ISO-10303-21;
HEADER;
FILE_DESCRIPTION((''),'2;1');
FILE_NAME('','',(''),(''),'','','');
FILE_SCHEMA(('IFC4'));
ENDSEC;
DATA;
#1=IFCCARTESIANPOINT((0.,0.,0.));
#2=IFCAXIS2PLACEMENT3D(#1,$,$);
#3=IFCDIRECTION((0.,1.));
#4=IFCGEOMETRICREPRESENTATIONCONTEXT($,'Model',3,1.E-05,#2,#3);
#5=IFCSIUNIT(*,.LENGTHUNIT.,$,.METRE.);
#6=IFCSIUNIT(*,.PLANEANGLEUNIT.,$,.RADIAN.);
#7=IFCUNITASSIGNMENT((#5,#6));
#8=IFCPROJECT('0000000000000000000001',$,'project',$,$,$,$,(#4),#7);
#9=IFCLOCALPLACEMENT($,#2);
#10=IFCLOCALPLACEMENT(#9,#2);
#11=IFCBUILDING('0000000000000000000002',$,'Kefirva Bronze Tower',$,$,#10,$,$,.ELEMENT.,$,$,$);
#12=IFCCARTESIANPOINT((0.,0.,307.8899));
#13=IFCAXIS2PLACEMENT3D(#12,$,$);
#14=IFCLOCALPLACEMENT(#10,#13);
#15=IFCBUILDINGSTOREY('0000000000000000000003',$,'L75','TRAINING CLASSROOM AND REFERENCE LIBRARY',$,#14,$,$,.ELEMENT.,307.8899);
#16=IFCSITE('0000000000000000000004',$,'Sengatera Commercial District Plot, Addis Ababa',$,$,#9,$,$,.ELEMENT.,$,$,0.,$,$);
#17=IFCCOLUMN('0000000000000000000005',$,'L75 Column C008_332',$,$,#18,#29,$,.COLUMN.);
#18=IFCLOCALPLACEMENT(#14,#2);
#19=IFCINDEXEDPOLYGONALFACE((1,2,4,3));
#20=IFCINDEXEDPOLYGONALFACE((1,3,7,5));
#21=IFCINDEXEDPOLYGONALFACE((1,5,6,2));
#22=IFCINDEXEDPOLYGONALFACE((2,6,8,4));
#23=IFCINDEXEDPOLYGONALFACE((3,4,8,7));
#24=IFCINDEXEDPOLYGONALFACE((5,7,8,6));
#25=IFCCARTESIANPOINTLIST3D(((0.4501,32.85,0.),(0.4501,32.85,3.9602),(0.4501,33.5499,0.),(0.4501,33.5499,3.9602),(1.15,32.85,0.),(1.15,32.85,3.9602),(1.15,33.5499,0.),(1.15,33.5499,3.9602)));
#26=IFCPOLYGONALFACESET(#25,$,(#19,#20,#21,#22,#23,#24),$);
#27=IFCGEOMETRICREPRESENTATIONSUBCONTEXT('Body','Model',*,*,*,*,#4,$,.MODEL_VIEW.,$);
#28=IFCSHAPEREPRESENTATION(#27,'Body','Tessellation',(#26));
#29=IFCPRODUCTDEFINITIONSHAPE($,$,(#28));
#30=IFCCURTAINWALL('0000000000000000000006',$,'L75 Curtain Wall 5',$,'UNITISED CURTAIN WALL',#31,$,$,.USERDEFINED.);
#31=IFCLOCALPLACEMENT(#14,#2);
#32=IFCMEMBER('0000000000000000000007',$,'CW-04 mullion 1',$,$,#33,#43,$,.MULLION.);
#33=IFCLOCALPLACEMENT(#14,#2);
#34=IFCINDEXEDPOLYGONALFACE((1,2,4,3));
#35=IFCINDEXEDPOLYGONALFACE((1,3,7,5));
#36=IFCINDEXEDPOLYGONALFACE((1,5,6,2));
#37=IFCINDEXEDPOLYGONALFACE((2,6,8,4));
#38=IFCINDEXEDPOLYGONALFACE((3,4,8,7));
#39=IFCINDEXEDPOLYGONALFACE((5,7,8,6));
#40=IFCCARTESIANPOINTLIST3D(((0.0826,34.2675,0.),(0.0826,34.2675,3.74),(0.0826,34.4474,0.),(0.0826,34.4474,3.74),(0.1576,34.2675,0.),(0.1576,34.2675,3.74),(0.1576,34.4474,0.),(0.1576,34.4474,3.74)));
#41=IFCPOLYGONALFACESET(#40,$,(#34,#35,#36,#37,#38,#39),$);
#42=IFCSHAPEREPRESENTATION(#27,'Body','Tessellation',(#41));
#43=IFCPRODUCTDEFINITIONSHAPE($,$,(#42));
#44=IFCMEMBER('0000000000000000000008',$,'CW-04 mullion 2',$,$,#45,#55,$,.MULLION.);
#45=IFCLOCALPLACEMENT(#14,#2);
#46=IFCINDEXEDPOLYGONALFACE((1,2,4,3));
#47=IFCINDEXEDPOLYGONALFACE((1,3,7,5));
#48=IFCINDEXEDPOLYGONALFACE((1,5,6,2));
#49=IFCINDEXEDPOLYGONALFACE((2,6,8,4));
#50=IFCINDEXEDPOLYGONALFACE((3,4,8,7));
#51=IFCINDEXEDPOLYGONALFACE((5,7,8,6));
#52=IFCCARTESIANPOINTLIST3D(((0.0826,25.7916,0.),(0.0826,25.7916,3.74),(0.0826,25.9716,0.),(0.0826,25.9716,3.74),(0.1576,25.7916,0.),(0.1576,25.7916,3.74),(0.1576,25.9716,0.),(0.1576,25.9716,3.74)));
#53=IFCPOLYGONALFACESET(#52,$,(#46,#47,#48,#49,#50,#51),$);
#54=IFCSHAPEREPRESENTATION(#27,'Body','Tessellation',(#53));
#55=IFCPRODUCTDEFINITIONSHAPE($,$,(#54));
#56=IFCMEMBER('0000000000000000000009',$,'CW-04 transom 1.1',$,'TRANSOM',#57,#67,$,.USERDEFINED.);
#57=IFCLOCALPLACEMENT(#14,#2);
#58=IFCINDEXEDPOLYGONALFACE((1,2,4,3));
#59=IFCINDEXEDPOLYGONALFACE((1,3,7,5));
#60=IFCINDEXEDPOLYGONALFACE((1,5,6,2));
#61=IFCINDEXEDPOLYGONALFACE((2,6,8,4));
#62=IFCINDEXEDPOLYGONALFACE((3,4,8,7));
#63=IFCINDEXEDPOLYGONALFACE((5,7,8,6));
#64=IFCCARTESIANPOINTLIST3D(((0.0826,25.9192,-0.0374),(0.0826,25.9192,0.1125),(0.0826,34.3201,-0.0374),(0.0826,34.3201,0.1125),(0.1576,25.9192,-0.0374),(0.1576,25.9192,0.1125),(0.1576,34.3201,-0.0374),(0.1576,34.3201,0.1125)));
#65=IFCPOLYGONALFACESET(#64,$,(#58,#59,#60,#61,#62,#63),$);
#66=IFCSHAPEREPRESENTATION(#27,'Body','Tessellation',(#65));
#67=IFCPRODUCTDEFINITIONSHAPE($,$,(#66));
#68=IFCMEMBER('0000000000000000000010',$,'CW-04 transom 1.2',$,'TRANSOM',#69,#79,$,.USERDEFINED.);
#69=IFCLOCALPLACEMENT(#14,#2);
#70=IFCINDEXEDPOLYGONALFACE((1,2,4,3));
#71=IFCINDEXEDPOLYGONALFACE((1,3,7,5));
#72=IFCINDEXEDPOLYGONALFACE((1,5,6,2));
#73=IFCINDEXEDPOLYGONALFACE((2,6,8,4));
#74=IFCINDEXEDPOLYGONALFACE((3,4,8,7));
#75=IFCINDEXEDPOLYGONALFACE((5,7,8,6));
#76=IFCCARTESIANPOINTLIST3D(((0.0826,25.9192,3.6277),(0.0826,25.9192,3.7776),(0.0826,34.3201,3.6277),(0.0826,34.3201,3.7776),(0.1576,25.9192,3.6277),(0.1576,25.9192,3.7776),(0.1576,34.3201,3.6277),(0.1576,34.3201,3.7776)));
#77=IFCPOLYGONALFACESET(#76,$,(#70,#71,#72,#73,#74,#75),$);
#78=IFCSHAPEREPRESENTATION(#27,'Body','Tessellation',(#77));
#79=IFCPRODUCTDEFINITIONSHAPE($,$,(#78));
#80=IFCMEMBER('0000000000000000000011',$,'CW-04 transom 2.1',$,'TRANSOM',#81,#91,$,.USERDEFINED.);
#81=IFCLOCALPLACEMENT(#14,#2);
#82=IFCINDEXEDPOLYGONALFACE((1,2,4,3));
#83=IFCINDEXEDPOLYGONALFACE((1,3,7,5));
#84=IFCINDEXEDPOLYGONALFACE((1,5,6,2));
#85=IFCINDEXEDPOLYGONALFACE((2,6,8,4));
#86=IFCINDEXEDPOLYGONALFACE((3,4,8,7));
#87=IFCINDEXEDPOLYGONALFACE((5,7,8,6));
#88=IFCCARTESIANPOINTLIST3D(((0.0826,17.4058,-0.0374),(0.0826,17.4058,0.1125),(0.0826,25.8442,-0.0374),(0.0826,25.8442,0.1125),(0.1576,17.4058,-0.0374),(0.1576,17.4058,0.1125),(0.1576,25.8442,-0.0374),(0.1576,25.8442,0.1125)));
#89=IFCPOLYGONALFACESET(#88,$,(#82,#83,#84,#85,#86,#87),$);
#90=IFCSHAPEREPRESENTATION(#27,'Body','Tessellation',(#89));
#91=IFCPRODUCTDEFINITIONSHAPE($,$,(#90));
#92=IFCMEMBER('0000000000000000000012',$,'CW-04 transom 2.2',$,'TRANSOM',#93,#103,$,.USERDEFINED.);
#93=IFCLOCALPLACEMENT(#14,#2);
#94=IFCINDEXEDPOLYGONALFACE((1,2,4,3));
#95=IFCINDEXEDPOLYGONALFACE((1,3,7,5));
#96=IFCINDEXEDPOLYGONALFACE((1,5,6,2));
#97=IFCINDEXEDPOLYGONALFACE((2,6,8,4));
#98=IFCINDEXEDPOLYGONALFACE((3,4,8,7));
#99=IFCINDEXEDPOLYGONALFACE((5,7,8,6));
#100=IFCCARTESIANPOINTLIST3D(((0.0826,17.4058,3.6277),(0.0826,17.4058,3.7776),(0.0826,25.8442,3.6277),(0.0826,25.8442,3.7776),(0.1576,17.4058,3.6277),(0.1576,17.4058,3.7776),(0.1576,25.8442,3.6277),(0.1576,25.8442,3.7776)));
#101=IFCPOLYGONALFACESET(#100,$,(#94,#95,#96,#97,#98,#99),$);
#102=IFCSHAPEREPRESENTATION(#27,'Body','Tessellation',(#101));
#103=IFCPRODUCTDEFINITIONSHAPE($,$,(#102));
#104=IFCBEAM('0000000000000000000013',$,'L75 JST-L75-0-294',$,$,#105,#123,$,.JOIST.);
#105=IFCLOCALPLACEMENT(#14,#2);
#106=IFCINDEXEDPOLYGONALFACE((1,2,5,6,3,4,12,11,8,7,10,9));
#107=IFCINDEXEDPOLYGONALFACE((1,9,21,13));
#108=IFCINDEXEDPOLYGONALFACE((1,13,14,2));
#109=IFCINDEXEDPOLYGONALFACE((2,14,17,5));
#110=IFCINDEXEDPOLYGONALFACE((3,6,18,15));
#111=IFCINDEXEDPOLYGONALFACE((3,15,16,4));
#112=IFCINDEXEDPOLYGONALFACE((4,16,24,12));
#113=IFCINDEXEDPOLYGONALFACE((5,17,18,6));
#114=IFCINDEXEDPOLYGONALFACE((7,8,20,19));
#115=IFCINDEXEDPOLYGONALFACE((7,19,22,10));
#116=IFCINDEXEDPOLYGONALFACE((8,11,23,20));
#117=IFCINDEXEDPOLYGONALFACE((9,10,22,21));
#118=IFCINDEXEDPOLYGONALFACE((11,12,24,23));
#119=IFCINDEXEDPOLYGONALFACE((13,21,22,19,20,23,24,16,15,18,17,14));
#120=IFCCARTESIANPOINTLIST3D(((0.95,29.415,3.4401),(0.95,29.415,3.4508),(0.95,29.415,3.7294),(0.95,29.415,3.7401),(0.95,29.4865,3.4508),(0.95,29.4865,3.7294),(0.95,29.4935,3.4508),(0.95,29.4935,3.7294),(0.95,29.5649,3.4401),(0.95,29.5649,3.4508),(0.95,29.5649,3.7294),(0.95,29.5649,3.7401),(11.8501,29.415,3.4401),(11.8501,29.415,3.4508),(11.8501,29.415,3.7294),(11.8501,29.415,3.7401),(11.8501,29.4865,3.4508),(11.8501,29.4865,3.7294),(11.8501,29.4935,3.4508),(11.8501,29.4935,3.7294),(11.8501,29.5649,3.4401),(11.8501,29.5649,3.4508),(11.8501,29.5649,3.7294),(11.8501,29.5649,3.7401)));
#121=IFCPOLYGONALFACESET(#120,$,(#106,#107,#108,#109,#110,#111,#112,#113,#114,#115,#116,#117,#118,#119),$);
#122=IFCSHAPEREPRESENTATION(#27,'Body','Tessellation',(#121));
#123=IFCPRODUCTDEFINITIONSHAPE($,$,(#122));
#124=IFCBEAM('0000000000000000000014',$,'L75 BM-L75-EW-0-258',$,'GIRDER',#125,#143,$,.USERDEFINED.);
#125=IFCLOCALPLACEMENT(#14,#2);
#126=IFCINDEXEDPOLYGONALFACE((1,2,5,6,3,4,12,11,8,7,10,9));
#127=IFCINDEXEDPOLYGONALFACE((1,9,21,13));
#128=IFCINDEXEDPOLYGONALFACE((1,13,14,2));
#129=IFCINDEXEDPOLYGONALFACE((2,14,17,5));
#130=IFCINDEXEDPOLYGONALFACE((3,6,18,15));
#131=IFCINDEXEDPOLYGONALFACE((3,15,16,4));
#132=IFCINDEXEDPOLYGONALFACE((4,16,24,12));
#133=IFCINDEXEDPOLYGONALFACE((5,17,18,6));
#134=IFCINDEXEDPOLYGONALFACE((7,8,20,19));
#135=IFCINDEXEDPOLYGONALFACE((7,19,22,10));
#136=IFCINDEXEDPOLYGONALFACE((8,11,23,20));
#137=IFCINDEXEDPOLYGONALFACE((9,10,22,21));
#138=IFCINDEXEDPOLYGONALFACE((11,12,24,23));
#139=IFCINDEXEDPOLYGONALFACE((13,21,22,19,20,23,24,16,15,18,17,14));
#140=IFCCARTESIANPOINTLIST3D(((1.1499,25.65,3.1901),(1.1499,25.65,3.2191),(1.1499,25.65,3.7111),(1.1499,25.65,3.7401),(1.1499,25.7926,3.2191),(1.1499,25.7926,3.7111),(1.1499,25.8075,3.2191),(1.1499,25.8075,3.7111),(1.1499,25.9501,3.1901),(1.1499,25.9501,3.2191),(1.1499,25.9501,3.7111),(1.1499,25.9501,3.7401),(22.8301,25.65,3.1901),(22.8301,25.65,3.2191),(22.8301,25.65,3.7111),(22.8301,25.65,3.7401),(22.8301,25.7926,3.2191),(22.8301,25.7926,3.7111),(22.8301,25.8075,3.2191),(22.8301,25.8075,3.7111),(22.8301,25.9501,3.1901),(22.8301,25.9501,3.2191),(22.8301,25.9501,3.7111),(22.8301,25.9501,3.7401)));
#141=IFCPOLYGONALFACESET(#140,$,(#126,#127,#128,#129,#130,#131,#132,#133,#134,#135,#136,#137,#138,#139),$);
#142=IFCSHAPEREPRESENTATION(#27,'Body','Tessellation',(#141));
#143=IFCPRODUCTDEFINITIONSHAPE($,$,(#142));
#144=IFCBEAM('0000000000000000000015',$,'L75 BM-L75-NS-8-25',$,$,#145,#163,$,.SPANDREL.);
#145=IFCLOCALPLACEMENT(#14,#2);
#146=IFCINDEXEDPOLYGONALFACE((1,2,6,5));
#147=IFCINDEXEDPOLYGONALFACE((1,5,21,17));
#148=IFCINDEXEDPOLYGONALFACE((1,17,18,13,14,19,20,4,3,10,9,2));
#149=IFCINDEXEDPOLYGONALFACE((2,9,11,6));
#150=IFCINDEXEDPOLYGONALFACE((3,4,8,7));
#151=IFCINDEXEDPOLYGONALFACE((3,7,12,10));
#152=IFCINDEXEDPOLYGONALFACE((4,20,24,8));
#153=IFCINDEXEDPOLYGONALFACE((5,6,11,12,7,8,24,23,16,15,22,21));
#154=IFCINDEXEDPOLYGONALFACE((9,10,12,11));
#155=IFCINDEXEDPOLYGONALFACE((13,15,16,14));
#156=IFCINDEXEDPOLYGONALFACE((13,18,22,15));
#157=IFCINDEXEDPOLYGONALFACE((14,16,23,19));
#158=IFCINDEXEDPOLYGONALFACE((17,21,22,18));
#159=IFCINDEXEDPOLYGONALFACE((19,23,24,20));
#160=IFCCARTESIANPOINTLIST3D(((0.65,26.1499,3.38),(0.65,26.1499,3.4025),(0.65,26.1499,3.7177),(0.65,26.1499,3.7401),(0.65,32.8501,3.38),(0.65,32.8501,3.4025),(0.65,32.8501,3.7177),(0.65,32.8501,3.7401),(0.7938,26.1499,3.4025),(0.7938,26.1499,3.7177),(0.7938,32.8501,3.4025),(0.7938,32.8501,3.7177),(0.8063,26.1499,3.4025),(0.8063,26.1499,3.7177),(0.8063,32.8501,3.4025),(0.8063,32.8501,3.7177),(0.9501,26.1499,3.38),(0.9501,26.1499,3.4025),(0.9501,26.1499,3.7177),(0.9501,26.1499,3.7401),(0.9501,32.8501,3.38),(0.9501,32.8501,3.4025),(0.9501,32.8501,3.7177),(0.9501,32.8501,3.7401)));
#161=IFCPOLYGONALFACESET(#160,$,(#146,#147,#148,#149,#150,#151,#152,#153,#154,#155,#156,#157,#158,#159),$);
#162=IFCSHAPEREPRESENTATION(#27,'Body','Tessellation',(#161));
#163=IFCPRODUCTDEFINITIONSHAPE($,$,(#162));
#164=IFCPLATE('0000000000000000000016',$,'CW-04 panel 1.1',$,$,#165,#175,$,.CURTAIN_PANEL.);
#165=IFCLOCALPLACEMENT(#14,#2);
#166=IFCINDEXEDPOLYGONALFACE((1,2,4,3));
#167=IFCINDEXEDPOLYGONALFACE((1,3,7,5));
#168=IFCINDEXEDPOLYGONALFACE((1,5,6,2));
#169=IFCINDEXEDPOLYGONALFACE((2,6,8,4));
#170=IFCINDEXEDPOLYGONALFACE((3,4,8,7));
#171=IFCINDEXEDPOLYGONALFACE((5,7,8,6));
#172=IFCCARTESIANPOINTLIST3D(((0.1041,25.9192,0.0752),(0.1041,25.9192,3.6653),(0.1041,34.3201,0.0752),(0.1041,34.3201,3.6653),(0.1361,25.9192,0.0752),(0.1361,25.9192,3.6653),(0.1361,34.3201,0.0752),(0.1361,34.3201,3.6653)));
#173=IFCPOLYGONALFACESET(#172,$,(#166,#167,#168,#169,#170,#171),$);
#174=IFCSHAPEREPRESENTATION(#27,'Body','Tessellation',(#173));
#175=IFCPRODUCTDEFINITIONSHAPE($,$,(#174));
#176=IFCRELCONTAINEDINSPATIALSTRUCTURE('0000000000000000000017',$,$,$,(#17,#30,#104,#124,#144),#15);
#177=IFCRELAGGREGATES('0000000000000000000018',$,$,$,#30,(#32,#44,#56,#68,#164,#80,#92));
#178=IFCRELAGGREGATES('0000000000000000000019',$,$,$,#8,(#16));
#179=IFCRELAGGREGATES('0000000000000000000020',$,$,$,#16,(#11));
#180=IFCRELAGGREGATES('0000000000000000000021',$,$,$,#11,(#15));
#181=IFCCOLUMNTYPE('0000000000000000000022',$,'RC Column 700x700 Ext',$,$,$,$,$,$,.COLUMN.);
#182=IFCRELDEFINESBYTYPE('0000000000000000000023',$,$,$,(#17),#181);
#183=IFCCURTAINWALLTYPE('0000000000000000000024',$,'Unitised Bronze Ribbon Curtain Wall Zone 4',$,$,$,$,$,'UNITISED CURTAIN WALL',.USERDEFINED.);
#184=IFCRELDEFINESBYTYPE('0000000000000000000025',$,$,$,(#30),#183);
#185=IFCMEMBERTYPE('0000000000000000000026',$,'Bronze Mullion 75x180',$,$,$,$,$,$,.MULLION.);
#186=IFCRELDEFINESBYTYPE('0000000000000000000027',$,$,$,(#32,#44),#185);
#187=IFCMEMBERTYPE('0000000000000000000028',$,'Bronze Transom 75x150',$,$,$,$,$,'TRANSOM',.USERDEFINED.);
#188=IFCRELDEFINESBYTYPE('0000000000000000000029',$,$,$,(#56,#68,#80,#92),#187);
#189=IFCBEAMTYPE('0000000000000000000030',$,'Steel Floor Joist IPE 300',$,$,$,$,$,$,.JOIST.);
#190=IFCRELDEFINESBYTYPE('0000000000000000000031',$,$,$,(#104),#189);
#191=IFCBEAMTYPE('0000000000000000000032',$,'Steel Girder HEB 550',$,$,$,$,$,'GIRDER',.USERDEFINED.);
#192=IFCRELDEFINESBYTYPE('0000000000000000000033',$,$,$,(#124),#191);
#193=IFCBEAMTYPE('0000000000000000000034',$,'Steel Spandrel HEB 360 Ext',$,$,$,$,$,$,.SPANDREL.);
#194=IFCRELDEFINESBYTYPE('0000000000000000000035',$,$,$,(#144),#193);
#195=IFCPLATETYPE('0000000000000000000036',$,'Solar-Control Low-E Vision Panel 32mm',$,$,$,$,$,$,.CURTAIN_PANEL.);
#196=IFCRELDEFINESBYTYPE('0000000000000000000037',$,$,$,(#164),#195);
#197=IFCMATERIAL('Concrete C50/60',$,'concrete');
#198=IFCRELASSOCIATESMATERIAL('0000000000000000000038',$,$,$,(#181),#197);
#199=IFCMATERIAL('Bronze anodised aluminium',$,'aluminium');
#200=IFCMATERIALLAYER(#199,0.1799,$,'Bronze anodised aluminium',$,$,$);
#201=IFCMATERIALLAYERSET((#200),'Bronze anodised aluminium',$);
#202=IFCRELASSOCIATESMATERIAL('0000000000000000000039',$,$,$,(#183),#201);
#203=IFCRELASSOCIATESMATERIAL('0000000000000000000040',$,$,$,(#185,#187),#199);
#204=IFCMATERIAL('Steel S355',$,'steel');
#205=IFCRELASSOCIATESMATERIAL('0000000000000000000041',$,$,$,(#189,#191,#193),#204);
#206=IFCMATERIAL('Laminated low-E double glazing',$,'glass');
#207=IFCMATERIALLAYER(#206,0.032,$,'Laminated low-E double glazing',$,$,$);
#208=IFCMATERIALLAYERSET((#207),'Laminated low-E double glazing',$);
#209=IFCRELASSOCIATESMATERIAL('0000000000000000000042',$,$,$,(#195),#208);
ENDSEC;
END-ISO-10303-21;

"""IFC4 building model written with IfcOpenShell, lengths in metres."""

from ifc_helpers import new_model, si_unit, direction, frame, origin, origin_2d, place, context, subcontext, project, spatial, rectangle, i_section, extrude, material, layer, layer_set, material_profile, profile_set, type_object, element, aggregate, save


model = new_model("IFC4")

# Units and contexts
model_context = context("Model", 3, precision=1e-05, world=origin(), true_north=direction((0.0, 1.0)))
body_context = subcontext(model_context, "Body", "Model", "MODEL_VIEW")
ifc_project = project(units=[si_unit("LENGTHUNIT", "METRE"), si_unit("PLANEANGLEUNIT", "RADIAN")], contexts=[model_context])

# Site, building, storey
site_placement = place(None, origin())
site = spatial("IfcSite", under=ifc_project, at=site_placement, Name="Sengatera Commercial District Plot, Addis Ababa", CompositionType="ELEMENT", RefElevation=0.0)
building_placement = place(site_placement, origin())
building = spatial("IfcBuilding", under=site, at=building_placement, Name="Kefirva Bronze Tower", CompositionType="ELEMENT")
storey_placement = place(building_placement, frame((0.0, 0.0, 307.8899)))
storey = spatial("IfcBuildingStorey", under=building, at=storey_placement, Name="L75", Description="TRAINING CLASSROOM AND REFERENCE LIBRARY", CompositionType="ELEMENT", Elevation=307.8899)

# Column
ifc_material_1 = material(Name="Concrete C50/60", Category="concrete")
ifc_material_profile_1 = material_profile(ifc_material_1, rectangle(XDim=0.7, YDim=0.7, at=origin_2d()), Name="RC 700x700")
ifc_profile_set_1 = profile_set([ifc_material_profile_1], Name="Concrete C50/60")
column_type = type_object("IfcColumnType", Name="RC Column 700x700 Ext", PredefinedType="COLUMN", material=ifc_profile_set_1)
column_placement = place(storey_placement, frame((0.8, 33.2, 0.0), z_axis=(0.0, 0.0, 1.0), x_axis=(1.0, 0.0, 0.0)))
element("IfcColumn", 1, at=column_placement, inside=storey, type_object=column_type, Name="L75 Column C008_332", PredefinedType="COLUMN", context=body_context, shape_type="SweptSolid", body=[
    extrude(rectangle(XDim=0.7, YDim=0.7, at=origin_2d()), origin(), (0.0, 0.0, 1.0), 3.9602),
])

# Curtain wall, members
ifc_material_2 = material(Name="Bronze anodised aluminium", Category="aluminium")
ifc_layer_1 = layer(ifc_material_2, 0.1799, Name="Bronze anodised aluminium")
ifc_layer_set_1 = layer_set([ifc_layer_1], Name="Bronze anodised aluminium")
curtain_wall_type = type_object("IfcCurtainWallType", Name="Unitised Bronze Ribbon Curtain Wall Zone 4", ElementType="UNITISED CURTAIN WALL", PredefinedType="USERDEFINED", material=ifc_layer_set_1)
curtain_wall_placement = place(storey_placement, origin())
curtain_wall = element("IfcCurtainWall", 2, at=curtain_wall_placement, inside=storey, type_object=curtain_wall_type, Name="L75 Curtain Wall 5", ObjectType="UNITISED CURTAIN WALL", PredefinedType="USERDEFINED")
ifc_material_profile_2 = material_profile(ifc_material_2, rectangle(XDim=0.075, YDim=0.1799, at=origin_2d()), Name="ALU 75x180")
ifc_profile_set_2 = profile_set([ifc_material_profile_2], Name="Bronze anodised aluminium")
member_type_1 = type_object("IfcMemberType", Name="Bronze Mullion 75x180", PredefinedType="MULLION", material=ifc_profile_set_2)
member_1_placement = place(storey_placement, frame((0.1201, 34.3574, 0.0), z_axis=(0.0, 0.0, 1.0), x_axis=(1.0, 0.0, 0.0)))
member_1 = element("IfcMember", 3, at=member_1_placement, type_object=member_type_1, Name="CW-04 mullion 1", PredefinedType="MULLION", context=body_context, shape_type="SweptSolid", body=[
    extrude(rectangle(XDim=0.075, YDim=0.1799, at=origin_2d()), origin(), (0.0, 0.0, 1.0), 3.74),
])
member_2_placement = place(storey_placement, frame((0.1201, 25.8816, 0.0), z_axis=(0.0, 0.0, 1.0), x_axis=(1.0, 0.0, 0.0)))
member_2 = element("IfcMember", 4, at=member_2_placement, type_object=member_type_1, Name="CW-04 mullion 2", PredefinedType="MULLION", context=body_context, shape_type="SweptSolid", body=[
    extrude(rectangle(XDim=0.075, YDim=0.1799, at=origin_2d()), origin(), (0.0, 0.0, 1.0), 3.74),
])
ifc_material_profile_3 = material_profile(ifc_material_2, rectangle(XDim=0.075, YDim=0.1499, at=origin_2d()), Name="ALU 75x150")
ifc_profile_set_3 = profile_set([ifc_material_profile_3], Name="Bronze anodised aluminium")
member_type_2 = type_object("IfcMemberType", Name="Bronze Transom 75x150", ElementType="TRANSOM", PredefinedType="USERDEFINED", material=ifc_profile_set_3)
member_3_placement = place(storey_placement, frame((0.1201, 34.3201, 0.0376), z_axis=(0.0, -1.0, 0.0), x_axis=(1.0, 0.0, 0.0)))
member_3 = element("IfcMember", 5, at=member_3_placement, type_object=member_type_2, Name="CW-04 transom 1.1", ObjectType="TRANSOM", PredefinedType="USERDEFINED", context=body_context, shape_type="SweptSolid", body=[
    extrude(rectangle(XDim=0.075, YDim=0.1499, at=origin_2d()), origin(), (0.0, 0.0, 1.0), 8.4009),
])
member_4_placement = place(storey_placement, frame((0.1201, 34.3201, 3.7026), z_axis=(0.0, -1.0, 0.0), x_axis=(1.0, 0.0, 0.0)))
member_4 = element("IfcMember", 6, at=member_4_placement, type_object=member_type_2, Name="CW-04 transom 1.2", ObjectType="TRANSOM", PredefinedType="USERDEFINED", context=body_context, shape_type="SweptSolid", body=[
    extrude(rectangle(XDim=0.075, YDim=0.1499, at=origin_2d()), origin(), (0.0, 0.0, 1.0), 8.4009),
])
member_5_placement = place(storey_placement, frame((0.1201, 25.8442, 0.0376), z_axis=(0.0, -1.0, 0.0), x_axis=(1.0, 0.0, 0.0)))
member_5 = element("IfcMember", 7, at=member_5_placement, type_object=member_type_2, Name="CW-04 transom 2.1", ObjectType="TRANSOM", PredefinedType="USERDEFINED", context=body_context, shape_type="SweptSolid", body=[
    extrude(rectangle(XDim=0.075, YDim=0.1499, at=origin_2d()), origin(), (0.0, 0.0, 1.0), 8.4385),
])
member_6_placement = place(storey_placement, frame((0.1201, 25.8442, 3.7026), z_axis=(0.0, -1.0, 0.0), x_axis=(1.0, 0.0, 0.0)))
member_6 = element("IfcMember", 8, at=member_6_placement, type_object=member_type_2, Name="CW-04 transom 2.2", ObjectType="TRANSOM", PredefinedType="USERDEFINED", context=body_context, shape_type="SweptSolid", body=[
    extrude(rectangle(XDim=0.075, YDim=0.1499, at=origin_2d()), origin(), (0.0, 0.0, 1.0), 8.4385),
])

# Beams
ifc_material_3 = material(Name="Steel S355", Category="steel")
ifc_material_profile_4 = material_profile(ifc_material_3, i_section(OverallWidth=0.1499, OverallDepth=0.3, WebThickness=0.0071, FlangeThickness=0.0107, at=origin_2d()), Name="IPE 300")
ifc_profile_set_4 = profile_set([ifc_material_profile_4], Name="Steel S355")
beam_type_1 = type_object("IfcBeamType", Name="Steel Floor Joist IPE 300", PredefinedType="JOIST", material=ifc_profile_set_4)
beam_1_placement = place(storey_placement, frame((0.95, 29.49, 3.5901), z_axis=(1.0, 0.0, 0.0), x_axis=(0.0, 1.0, 0.0)))
element("IfcBeam", 9, at=beam_1_placement, inside=storey, type_object=beam_type_1, Name="L75 JST-L75-0-294", PredefinedType="JOIST", context=body_context, shape_type="SweptSolid", body=[
    extrude(i_section(OverallWidth=0.1499, OverallDepth=0.3, WebThickness=0.0071, FlangeThickness=0.0107, at=origin_2d()), origin(), (0.0, 0.0, 1.0), 10.9001),
])
ifc_material_profile_5 = material_profile(ifc_material_3, i_section(OverallWidth=0.3, OverallDepth=0.55, WebThickness=0.0149, FlangeThickness=0.0291, at=origin_2d()), Name="HEB 550")
ifc_profile_set_5 = profile_set([ifc_material_profile_5], Name="Steel S355")
beam_type_2 = type_object("IfcBeamType", Name="Steel Girder HEB 550", ElementType="GIRDER", PredefinedType="USERDEFINED", material=ifc_profile_set_5)
beam_2_placement = place(storey_placement, frame((1.1499, 25.8, 3.4651), z_axis=(1.0, 0.0, 0.0), x_axis=(0.0, 1.0, 0.0)))
element("IfcBeam", 10, at=beam_2_placement, inside=storey, type_object=beam_type_2, Name="L75 BM-L75-EW-0-258", ObjectType="GIRDER", PredefinedType="USERDEFINED", context=body_context, shape_type="SweptSolid", body=[
    extrude(i_section(OverallWidth=0.3, OverallDepth=0.55, WebThickness=0.0149, FlangeThickness=0.0291, at=origin_2d()), origin(), (0.0, 0.0, 1.0), 21.6802),
])
ifc_material_profile_6 = material_profile(ifc_material_3, i_section(OverallWidth=0.3, OverallDepth=0.3601, WebThickness=0.0125, FlangeThickness=0.0225, at=origin_2d()), Name="HEB 360")
ifc_profile_set_6 = profile_set([ifc_material_profile_6], Name="Steel S355")
beam_type_3 = type_object("IfcBeamType", Name="Steel Spandrel HEB 360 Ext", PredefinedType="SPANDREL", material=ifc_profile_set_6)
beam_3_placement = place(storey_placement, frame((0.8, 26.1499, 3.5601), z_axis=(0.0, 1.0, 0.0), x_axis=(-1.0, 0.0, 0.0)))
element("IfcBeam", 11, at=beam_3_placement, inside=storey, type_object=beam_type_3, Name="L75 BM-L75-NS-8-25", PredefinedType="SPANDREL", context=body_context, shape_type="SweptSolid", body=[
    extrude(i_section(OverallWidth=0.3, OverallDepth=0.3601, WebThickness=0.0125, FlangeThickness=0.0225, at=origin_2d()), origin(), (0.0, 0.0, 1.0), 6.7002),
])

# Plate
ifc_material_4 = material(Name="Laminated low-E double glazing", Category="glass")
ifc_layer_2 = layer(ifc_material_4, 0.032, Name="Laminated low-E double glazing")
ifc_layer_set_2 = layer_set([ifc_layer_2], Name="Laminated low-E double glazing")
plate_type = type_object("IfcPlateType", Name="Solar-Control Low-E Vision Panel 32mm", PredefinedType="CURTAIN_PANEL", material=ifc_layer_set_2)
plate_placement = place(storey_placement, frame((0.1201, 30.1196, 0.0752), z_axis=(0.0, 0.0, 1.0), x_axis=(0.0, -1.0, 0.0)))
plate = element("IfcPlate", 12, at=plate_placement, type_object=plate_type, Name="CW-04 panel 1.1", PredefinedType="CURTAIN_PANEL", context=body_context, shape_type="SweptSolid", body=[
    extrude(rectangle(XDim=8.4009, YDim=0.032, at=origin_2d()), origin(), (0.0, 0.0, 1.0), 3.5901),
])
aggregate(curtain_wall, [member_1, member_2, member_3, member_4, plate, member_5, member_6])

save(model, "model.ifc")
